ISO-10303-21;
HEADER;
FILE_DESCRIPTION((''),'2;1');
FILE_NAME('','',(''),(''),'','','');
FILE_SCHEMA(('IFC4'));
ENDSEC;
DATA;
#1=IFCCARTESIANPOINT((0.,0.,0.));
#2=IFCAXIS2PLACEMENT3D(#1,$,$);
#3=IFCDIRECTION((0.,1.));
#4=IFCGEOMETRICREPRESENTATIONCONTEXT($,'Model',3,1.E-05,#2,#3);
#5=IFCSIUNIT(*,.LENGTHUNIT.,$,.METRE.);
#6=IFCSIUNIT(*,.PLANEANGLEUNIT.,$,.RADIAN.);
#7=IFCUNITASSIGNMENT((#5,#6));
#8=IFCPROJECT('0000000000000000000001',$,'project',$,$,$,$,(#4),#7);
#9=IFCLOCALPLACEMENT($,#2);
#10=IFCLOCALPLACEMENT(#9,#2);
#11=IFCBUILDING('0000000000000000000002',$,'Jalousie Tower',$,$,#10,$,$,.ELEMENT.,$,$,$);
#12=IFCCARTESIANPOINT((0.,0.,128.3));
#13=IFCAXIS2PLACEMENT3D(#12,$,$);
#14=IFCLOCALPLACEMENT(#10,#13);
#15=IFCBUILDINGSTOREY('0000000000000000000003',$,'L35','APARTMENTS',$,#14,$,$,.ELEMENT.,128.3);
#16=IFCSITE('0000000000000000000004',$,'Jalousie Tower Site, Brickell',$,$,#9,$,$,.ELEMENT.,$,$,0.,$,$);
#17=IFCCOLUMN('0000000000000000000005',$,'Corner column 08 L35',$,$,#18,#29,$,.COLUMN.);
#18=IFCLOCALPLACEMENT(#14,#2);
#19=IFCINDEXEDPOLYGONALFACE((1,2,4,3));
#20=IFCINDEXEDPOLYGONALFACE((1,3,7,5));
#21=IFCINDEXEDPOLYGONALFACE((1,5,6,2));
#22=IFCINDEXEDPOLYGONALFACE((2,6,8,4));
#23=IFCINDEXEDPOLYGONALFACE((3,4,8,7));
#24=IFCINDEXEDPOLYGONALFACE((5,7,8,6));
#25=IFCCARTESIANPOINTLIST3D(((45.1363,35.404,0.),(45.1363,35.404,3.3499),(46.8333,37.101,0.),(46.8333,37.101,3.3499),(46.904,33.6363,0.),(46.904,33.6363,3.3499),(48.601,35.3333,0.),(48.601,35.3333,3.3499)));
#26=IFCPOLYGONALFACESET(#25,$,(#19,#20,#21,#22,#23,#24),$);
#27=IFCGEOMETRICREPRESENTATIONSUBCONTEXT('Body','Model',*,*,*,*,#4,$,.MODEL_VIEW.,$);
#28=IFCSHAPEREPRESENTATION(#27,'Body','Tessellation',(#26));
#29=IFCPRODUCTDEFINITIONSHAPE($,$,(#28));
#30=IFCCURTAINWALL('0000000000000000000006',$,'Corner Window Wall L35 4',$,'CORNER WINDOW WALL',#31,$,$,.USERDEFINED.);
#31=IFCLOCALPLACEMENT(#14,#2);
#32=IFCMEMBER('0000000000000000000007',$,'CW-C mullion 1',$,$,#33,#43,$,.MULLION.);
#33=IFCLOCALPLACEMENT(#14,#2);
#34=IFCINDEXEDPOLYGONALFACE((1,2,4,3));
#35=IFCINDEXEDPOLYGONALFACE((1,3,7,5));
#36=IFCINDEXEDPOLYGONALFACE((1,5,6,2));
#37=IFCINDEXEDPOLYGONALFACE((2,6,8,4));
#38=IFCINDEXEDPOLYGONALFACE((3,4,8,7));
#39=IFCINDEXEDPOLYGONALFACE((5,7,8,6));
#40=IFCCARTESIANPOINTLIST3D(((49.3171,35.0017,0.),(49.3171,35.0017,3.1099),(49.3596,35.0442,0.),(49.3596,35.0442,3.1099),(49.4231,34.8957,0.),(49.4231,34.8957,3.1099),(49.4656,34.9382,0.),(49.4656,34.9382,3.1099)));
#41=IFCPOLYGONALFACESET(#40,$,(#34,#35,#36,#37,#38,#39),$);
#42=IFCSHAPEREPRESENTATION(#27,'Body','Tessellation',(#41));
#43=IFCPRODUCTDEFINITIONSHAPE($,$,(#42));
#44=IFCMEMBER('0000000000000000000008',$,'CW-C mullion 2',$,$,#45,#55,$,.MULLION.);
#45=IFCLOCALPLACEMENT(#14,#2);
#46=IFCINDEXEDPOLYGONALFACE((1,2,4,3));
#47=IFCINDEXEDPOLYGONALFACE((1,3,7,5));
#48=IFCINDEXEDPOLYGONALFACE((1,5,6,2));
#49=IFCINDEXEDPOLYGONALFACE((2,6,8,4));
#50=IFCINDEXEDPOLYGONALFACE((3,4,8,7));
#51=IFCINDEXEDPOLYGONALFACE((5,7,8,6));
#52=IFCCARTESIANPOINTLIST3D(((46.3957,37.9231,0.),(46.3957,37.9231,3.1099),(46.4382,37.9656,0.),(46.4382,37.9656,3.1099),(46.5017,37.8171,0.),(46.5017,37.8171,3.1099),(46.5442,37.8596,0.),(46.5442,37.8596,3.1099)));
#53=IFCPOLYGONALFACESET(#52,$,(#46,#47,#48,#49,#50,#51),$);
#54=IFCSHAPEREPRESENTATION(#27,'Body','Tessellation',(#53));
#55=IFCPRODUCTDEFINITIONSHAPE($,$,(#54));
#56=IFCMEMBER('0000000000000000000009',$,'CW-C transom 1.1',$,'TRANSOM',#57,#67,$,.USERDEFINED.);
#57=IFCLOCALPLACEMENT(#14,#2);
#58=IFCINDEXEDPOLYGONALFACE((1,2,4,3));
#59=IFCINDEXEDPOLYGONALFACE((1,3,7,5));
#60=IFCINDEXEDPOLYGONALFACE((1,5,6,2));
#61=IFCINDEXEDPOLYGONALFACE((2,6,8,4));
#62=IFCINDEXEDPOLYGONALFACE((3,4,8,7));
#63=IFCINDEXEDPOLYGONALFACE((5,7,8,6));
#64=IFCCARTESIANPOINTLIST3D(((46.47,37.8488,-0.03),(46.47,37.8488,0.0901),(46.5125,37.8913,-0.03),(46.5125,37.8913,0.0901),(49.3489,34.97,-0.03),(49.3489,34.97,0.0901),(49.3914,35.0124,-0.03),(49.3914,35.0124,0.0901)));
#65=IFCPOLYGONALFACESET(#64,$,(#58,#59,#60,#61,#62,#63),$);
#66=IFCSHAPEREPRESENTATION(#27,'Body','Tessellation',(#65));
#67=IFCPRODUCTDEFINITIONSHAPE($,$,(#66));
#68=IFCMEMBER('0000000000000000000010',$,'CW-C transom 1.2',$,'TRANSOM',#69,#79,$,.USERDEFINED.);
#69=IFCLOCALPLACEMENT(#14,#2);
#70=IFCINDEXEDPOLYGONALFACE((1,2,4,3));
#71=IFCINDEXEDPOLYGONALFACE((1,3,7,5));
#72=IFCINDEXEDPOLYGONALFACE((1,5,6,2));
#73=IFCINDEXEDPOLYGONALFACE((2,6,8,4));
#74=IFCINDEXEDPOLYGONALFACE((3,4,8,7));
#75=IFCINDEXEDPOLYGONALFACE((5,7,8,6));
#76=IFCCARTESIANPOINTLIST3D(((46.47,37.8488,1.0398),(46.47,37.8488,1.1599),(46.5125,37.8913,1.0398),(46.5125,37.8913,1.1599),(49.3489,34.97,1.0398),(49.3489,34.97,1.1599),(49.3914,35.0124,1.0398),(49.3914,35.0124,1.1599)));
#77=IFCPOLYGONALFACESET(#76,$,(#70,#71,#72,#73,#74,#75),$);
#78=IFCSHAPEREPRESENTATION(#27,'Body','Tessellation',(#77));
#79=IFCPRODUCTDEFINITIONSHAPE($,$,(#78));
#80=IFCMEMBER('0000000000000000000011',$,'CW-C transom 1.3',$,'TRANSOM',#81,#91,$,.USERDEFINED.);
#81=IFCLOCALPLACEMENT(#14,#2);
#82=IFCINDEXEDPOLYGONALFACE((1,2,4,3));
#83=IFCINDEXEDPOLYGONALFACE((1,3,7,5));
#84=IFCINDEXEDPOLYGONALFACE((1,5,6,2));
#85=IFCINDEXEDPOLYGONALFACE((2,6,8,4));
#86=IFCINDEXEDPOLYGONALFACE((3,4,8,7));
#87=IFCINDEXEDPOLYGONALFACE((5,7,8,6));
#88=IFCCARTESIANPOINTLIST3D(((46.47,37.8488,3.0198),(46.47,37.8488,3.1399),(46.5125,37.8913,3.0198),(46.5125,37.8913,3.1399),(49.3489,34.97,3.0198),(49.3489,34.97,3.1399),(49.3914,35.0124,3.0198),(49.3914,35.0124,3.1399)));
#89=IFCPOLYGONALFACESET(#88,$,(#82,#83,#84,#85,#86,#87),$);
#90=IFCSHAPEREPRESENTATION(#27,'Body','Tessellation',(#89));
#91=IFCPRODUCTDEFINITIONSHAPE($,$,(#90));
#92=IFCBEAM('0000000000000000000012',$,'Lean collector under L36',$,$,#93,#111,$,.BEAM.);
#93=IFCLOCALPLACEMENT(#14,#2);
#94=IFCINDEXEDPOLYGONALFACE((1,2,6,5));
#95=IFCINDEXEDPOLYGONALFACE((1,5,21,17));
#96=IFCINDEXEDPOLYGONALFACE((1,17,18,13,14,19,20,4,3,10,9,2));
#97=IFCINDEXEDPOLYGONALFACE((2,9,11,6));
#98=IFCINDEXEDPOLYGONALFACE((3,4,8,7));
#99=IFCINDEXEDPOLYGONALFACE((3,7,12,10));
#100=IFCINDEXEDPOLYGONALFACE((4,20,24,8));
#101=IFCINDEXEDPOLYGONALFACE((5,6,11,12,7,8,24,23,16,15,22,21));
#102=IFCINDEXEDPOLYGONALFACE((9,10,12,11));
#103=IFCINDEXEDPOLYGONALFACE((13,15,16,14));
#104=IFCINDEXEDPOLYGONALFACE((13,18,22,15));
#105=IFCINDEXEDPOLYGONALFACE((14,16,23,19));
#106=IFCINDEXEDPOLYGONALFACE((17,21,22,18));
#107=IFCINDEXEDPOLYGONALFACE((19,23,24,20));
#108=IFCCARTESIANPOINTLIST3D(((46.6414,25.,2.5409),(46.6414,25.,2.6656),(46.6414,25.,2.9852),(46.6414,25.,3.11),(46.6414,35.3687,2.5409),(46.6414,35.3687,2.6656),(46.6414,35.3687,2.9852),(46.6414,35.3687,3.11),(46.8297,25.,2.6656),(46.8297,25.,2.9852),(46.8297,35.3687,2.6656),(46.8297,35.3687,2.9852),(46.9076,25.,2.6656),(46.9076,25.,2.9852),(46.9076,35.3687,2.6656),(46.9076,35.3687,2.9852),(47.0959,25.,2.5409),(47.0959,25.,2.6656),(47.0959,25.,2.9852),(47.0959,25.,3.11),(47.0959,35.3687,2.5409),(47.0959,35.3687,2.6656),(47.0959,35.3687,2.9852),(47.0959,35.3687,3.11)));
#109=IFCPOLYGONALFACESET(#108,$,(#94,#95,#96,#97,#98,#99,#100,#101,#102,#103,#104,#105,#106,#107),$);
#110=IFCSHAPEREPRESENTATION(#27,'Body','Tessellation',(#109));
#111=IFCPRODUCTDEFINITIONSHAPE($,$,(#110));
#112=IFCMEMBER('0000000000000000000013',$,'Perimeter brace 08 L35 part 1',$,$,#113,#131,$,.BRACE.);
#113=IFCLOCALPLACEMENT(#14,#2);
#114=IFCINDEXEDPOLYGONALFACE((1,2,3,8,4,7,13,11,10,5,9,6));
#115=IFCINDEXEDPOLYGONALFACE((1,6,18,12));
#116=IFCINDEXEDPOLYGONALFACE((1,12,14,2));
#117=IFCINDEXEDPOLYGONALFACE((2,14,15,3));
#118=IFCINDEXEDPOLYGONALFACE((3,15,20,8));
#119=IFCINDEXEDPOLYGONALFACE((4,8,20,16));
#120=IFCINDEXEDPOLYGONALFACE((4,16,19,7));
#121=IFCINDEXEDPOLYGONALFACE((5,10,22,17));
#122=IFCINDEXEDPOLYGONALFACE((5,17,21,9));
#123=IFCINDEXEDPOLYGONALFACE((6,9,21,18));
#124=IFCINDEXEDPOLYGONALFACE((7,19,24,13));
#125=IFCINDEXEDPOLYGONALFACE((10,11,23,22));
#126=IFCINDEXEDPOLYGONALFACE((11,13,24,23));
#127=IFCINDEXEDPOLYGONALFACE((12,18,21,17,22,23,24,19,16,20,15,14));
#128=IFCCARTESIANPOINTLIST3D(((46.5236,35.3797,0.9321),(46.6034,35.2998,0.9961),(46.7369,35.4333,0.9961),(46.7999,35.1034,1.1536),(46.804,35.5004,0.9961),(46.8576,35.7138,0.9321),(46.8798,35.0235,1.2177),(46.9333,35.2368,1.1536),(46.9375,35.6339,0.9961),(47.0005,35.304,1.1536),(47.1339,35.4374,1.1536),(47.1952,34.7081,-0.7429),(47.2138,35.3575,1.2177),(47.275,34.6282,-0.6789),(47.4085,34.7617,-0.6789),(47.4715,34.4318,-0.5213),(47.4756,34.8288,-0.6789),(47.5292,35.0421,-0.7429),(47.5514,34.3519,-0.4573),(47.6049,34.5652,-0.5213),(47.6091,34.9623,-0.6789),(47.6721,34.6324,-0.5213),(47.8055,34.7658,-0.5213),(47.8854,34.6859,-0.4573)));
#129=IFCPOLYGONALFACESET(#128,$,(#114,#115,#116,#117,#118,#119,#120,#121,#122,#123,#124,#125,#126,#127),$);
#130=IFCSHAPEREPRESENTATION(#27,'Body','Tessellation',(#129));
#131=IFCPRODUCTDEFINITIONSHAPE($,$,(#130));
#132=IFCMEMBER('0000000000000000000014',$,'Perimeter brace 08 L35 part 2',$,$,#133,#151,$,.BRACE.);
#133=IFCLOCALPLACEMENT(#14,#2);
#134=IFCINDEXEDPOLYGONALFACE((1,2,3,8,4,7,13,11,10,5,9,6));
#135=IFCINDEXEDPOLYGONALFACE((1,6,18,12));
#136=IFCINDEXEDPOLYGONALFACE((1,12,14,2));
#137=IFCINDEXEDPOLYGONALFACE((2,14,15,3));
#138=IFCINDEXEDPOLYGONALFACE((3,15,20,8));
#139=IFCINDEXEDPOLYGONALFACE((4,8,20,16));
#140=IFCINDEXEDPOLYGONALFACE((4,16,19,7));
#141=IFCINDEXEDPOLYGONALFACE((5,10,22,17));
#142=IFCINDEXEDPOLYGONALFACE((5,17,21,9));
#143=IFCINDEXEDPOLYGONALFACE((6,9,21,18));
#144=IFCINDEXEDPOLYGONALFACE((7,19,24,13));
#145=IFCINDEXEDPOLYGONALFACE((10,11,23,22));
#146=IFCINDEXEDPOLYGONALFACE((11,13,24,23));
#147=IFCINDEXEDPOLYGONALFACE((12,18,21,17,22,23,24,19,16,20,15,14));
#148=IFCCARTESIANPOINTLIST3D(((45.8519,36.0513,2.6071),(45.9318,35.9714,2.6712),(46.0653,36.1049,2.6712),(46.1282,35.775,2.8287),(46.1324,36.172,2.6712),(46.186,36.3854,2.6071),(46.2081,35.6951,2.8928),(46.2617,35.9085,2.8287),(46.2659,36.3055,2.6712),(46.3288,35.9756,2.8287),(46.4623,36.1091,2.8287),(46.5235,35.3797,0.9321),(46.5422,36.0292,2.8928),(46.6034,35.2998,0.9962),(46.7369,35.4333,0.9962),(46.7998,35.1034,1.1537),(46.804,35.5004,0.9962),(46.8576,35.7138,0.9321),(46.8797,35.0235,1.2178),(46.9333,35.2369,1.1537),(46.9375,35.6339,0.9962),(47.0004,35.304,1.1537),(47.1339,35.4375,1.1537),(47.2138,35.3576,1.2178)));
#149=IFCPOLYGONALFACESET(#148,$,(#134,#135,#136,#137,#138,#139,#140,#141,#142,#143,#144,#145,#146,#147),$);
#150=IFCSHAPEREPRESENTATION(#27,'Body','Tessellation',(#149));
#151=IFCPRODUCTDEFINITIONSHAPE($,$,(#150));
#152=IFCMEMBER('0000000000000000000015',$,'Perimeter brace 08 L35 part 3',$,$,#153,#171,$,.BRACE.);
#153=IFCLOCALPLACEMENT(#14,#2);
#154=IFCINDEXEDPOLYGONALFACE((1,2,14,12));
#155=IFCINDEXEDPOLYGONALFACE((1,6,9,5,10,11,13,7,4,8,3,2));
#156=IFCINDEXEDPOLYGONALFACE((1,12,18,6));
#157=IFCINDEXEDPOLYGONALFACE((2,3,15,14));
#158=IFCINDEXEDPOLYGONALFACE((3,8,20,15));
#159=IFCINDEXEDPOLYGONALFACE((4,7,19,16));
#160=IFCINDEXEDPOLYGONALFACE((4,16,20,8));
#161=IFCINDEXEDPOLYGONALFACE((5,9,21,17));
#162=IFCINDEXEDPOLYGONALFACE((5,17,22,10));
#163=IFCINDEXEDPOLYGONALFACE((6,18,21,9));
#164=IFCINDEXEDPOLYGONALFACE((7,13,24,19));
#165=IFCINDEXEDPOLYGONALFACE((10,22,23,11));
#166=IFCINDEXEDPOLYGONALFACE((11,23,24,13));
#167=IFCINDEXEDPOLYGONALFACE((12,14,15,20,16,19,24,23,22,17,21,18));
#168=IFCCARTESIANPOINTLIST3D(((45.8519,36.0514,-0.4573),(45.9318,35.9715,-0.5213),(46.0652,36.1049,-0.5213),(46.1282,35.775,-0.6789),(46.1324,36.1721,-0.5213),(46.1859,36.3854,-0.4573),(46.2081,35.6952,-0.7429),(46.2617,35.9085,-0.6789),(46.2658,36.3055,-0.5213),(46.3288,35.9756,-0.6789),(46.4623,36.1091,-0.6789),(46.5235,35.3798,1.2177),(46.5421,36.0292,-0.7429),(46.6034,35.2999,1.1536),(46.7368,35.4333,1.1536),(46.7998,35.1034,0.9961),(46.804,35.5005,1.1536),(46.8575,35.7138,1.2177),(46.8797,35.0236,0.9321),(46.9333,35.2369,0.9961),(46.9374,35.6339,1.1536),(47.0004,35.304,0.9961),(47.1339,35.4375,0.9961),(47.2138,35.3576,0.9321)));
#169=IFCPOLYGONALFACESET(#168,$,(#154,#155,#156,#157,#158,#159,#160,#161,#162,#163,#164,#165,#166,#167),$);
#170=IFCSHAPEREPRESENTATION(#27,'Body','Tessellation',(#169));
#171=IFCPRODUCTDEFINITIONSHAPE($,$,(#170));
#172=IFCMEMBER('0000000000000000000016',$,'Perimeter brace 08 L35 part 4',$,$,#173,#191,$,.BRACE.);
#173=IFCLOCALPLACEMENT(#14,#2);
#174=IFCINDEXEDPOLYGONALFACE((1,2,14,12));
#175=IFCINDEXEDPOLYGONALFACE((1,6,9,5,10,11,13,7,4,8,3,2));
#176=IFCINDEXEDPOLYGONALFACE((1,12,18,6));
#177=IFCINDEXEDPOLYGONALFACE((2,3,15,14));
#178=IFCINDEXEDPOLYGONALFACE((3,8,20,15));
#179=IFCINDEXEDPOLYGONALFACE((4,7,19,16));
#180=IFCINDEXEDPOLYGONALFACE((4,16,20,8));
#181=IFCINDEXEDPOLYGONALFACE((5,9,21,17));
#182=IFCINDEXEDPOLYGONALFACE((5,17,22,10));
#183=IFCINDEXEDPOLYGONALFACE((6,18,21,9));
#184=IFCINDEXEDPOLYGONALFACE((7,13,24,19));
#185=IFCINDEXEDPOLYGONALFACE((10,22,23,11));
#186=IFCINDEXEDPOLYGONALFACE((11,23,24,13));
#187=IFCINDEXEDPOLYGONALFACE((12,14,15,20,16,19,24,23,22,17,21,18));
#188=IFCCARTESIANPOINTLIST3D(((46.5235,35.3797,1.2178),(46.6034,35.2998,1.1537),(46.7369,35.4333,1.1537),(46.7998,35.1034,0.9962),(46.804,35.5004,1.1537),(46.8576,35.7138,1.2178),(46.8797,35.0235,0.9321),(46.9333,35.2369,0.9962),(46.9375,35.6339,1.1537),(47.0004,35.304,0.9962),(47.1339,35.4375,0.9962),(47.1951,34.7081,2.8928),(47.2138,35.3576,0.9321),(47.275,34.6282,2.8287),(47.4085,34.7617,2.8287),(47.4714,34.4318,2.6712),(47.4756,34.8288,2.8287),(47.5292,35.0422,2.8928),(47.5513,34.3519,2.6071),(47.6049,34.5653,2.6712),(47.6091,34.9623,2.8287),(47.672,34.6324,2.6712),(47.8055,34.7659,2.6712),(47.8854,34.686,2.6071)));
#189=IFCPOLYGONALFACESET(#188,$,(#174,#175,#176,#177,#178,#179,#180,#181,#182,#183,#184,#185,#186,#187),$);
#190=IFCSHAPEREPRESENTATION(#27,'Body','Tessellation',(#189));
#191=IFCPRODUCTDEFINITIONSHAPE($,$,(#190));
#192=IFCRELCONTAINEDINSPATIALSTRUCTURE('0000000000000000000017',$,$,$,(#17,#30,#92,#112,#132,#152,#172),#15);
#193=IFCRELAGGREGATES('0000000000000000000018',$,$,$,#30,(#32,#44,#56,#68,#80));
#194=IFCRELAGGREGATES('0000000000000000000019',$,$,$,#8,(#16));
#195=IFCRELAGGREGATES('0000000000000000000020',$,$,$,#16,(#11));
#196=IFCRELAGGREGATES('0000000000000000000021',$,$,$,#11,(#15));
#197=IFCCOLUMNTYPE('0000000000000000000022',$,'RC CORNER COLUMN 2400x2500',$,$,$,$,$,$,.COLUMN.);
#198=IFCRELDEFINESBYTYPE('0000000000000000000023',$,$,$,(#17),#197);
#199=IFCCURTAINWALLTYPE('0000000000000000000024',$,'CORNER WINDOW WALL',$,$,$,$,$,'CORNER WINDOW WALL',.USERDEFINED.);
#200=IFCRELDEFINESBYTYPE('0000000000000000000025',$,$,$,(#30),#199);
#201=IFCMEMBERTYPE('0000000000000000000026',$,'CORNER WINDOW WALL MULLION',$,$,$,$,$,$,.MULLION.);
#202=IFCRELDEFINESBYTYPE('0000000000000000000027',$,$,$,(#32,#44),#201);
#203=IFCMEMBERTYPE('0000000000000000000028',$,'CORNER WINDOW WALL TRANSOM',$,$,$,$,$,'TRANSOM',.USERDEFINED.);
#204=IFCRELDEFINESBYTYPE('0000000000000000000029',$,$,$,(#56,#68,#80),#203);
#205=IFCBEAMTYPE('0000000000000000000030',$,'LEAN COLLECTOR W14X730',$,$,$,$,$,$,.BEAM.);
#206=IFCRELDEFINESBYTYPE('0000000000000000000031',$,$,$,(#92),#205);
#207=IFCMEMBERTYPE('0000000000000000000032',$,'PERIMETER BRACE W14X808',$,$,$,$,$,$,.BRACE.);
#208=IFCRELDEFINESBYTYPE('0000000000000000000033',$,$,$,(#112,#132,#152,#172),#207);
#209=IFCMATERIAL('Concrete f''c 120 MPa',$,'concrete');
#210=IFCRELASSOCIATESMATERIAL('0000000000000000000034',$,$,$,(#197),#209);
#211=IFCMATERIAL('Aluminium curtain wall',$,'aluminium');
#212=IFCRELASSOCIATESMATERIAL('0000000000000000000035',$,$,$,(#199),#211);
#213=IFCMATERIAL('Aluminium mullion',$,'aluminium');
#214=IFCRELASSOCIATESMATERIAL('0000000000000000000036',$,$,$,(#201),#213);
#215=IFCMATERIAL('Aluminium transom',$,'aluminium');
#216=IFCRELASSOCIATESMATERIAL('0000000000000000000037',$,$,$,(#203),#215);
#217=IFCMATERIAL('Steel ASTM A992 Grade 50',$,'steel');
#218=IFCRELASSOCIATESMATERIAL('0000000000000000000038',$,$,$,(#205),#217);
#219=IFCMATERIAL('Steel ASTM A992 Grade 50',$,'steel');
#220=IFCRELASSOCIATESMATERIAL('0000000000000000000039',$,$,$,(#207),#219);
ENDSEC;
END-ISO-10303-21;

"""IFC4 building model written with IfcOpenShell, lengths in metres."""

from ifc_helpers import new_model, si_unit, direction, frame, origin, origin_2d, place, context, subcontext, project, spatial, rectangle, i_section, extrude, material, material_profile, profile_set, type_object, element, aggregate, save


model = new_model("IFC4")

# Units and contexts
model_context = context("Model", 3, precision=1e-05, world=origin(), true_north=direction((0.0, 1.0)))
body_context = subcontext(model_context, "Body", "Model", "MODEL_VIEW")
ifc_project = project(units=[si_unit("LENGTHUNIT", "METRE"), si_unit("PLANEANGLEUNIT", "RADIAN")], contexts=[model_context])

# Site, building, storey
site_placement = place(None, origin())
site = spatial("IfcSite", under=ifc_project, at=site_placement, Name="Jalousie Tower Site, Brickell", CompositionType="ELEMENT", RefElevation=0.0)
building_placement = place(site_placement, origin())
building = spatial("IfcBuilding", under=site, at=building_placement, Name="Jalousie Tower", CompositionType="ELEMENT")
storey_placement = place(building_placement, frame((0.0, 0.0, 128.3)))
storey = spatial("IfcBuildingStorey", under=building, at=storey_placement, Name="L35", Description="APARTMENTS", CompositionType="ELEMENT", Elevation=128.3)

# Column
ifc_material_1 = material(Name="Concrete f'c 120 MPa", Category="concrete")
ifc_material_profile_1 = material_profile(ifc_material_1, rectangle(XDim=2.3999, YDim=2.5, at=origin_2d()), Name="RC 2400x2500")
ifc_profile_set_1 = profile_set([ifc_material_profile_1], Name="Concrete f'c 120 MPa")
column_type = type_object("IfcColumnType", Name="RC CORNER COLUMN 2400x2500", PredefinedType="COLUMN", material=ifc_profile_set_1)
column_placement = place(storey_placement, frame((46.8687, 35.3687, 0.0), z_axis=(0.0, 0.0, 1.0), x_axis=(-0.707107, -0.707107, 0.0)))
element("IfcColumn", 1, at=column_placement, inside=storey, type_object=column_type, Name="Corner column 08 L35", PredefinedType="COLUMN", context=body_context, shape_type="SweptSolid", body=[
    extrude(rectangle(XDim=2.3999, YDim=2.5, at=origin_2d()), origin(), (0.0, 0.0, 1.0), 3.3499),
])

# Curtain wall, members
ifc_material_2 = material(Name="Aluminium curtain wall", Category="aluminium")
curtain_wall_type_1 = type_object("IfcCurtainWallType", Name="CORNER WINDOW WALL", ElementType="CORNER WINDOW WALL", PredefinedType="USERDEFINED", material=ifc_material_2)
curtain_wall_1_placement = place(storey_placement, origin())
curtain_wall_1 = element("IfcCurtainWall", 2, at=curtain_wall_1_placement, inside=storey, type_object=curtain_wall_type_1, Name="Corner Window Wall L35 4", ObjectType="CORNER WINDOW WALL", PredefinedType="USERDEFINED")
ifc_material_3 = material(Name="Aluminium mullion", Category="aluminium")
ifc_material_profile_2 = material_profile(ifc_material_3, rectangle(XDim=0.0601, YDim=0.1499, at=origin_2d()), Name="MULLION 60x150")
ifc_profile_set_2 = profile_set([ifc_material_profile_2], Name="Aluminium mullion")
member_type_1 = type_object("IfcMemberType", Name="CORNER WINDOW WALL MULLION", PredefinedType="MULLION", material=ifc_profile_set_2)
member_1_placement = place(storey_placement, frame((49.3914, 34.97, 0.0), z_axis=(0.0, 0.0, 1.0), x_axis=(-0.707107, -0.707107, 0.0)))
member_1 = element("IfcMember", 3, at=member_1_placement, type_object=member_type_1, Name="CW-C mullion 1", PredefinedType="MULLION", context=body_context, shape_type="SweptSolid", body=[
    extrude(rectangle(XDim=0.0601, YDim=0.1499, at=origin_2d()), origin(), (0.0, 0.0, 1.0), 3.1099),
])
member_2_placement = place(storey_placement, frame((46.47, 37.8914, 0.0), z_axis=(0.0, 0.0, 1.0), x_axis=(-0.707107, -0.707107, 0.0)))
member_2 = element("IfcMember", 4, at=member_2_placement, type_object=member_type_1, Name="CW-C mullion 2", PredefinedType="MULLION", context=body_context, shape_type="SweptSolid", body=[
    extrude(rectangle(XDim=0.0601, YDim=0.1499, at=origin_2d()), origin(), (0.0, 0.0, 1.0), 3.1099),
])
ifc_material_4 = material(Name="Aluminium transom", Category="aluminium")
ifc_material_profile_3 = material_profile(ifc_material_4, rectangle(XDim=0.0601, YDim=0.1201, at=origin_2d()), Name="TRANSOM 60x120")
ifc_profile_set_3 = profile_set([ifc_material_profile_3], Name="Aluminium transom")
member_type_2 = type_object("IfcMemberType", Name="CORNER WINDOW WALL TRANSOM", ElementType="TRANSOM", PredefinedType="USERDEFINED", material=ifc_profile_set_3)
member_3_placement = place(storey_placement, frame((49.3701, 34.9912, 0.03), z_axis=(-0.707107, 0.707107, 0.0), x_axis=(-0.707107, -0.707107, 0.0)))
member_3 = element("IfcMember", 5, at=member_3_placement, type_object=member_type_2, Name="CW-C transom 1.1", ObjectType="TRANSOM", PredefinedType="USERDEFINED", context=body_context, shape_type="SweptSolid", body=[
    extrude(rectangle(XDim=0.0601, YDim=0.1201, at=origin_2d()), origin(), (0.0, 0.0, 1.0), 4.0713),
])
member_4_placement = place(storey_placement, frame((49.3701, 34.9912, 1.0999), z_axis=(-0.707107, 0.707107, 0.0), x_axis=(-0.707107, -0.707107, 0.0)))
member_4 = element("IfcMember", 6, at=member_4_placement, type_object=member_type_2, Name="CW-C transom 1.2", ObjectType="TRANSOM", PredefinedType="USERDEFINED", context=body_context, shape_type="SweptSolid", body=[
    extrude(rectangle(XDim=0.0601, YDim=0.1201, at=origin_2d()), origin(), (0.0, 0.0, 1.0), 4.0713),
])
member_5_placement = place(storey_placement, frame((49.3701, 34.9912, 3.0798), z_axis=(-0.707107, 0.707107, 0.0), x_axis=(-0.707107, -0.707107, 0.0)))
member_5 = element("IfcMember", 7, at=member_5_placement, type_object=member_type_2, Name="CW-C transom 1.3", ObjectType="TRANSOM", PredefinedType="USERDEFINED", context=body_context, shape_type="SweptSolid", body=[
    extrude(rectangle(XDim=0.0601, YDim=0.1201, at=origin_2d()), origin(), (0.0, 0.0, 1.0), 4.0713),
])

# Beam
ifc_material_5 = material(Name="Steel ASTM A992 Grade 50", Category="steel")
ifc_material_profile_4 = material_profile(ifc_material_5, i_section(OverallWidth=0.4546, OverallDepth=0.5691, WebThickness=0.0779, FlangeThickness=0.1248, at=origin_2d()), Name="W14X730")
ifc_profile_set_4 = profile_set([ifc_material_profile_4], Name="Steel ASTM A992 Grade 50")
beam_type_1 = type_object("IfcBeamType", Name="LEAN COLLECTOR W14X730", PredefinedType="BEAM", material=ifc_profile_set_4)
beam_1_placement = place(storey_placement, frame((46.8687, 35.3687, 2.8254), z_axis=(0.0, -1.0, 0.0), x_axis=(1.0, 0.0, 0.0)))
element("IfcBeam", 8, at=beam_1_placement, inside=storey, type_object=beam_type_1, Name="Lean collector under L36", PredefinedType="BEAM", context=body_context, shape_type="SweptSolid", body=[
    extrude(i_section(OverallWidth=0.4546, OverallDepth=0.5691, WebThickness=0.0779, FlangeThickness=0.1248, at=origin_2d()), origin(), (0.0, 0.0, 1.0), 10.3687),
])

# Members
ifc_material_6 = material(Name="Steel ASTM A992 Grade 50", Category="steel")
ifc_material_profile_5 = material_profile(ifc_material_6, i_section(OverallWidth=0.4724, OverallDepth=0.5791, WebThickness=0.095, FlangeThickness=0.1299, at=origin_2d()), Name="W14X808")
ifc_profile_set_5 = profile_set([ifc_material_profile_5], Name="Steel ASTM A992 Grade 50")
member_type_3 = type_object("IfcMemberType", Name="PERIMETER BRACE W14X808", PredefinedType="BRACE", material=ifc_profile_set_5)
for number, where, z_axis, x_axis, name in (
    (9, (47.5403, 34.697, -0.6001), (-0.348789, 0.348789, 0.869881), (-0.707107, -0.707107, 0.0), "Perimeter brace 08 L35 part 1"),
    (10, (46.8687, 35.3687, 1.075), (-0.348789, 0.348789, 0.869881), (-0.707107, -0.707107, 0.0), "Perimeter brace 08 L35 part 2"),
    (11, (46.197, 36.0403, -0.6001), (0.348789, -0.348789, 0.869881), (0.707107, 0.707107, 0.0), "Perimeter brace 08 L35 part 3"),
    (12, (46.8687, 35.3687, 1.075), (0.348789, -0.348789, 0.869881), (0.707107, 0.707107, 0.0), "Perimeter brace 08 L35 part 4"),
):
    element("IfcMember", number, at=place(storey_placement, frame(where, z_axis=z_axis, x_axis=x_axis)), inside=storey, type_object=member_type_3, Name=name, PredefinedType="BRACE", context=body_context, shape_type="SweptSolid", body=[
        extrude(i_section(OverallWidth=0.4724, OverallDepth=0.5791, WebThickness=0.095, FlangeThickness=0.1299, at=origin_2d()), origin(), (0.0, 0.0, 1.0), 1.9255),
    ])

aggregate(curtain_wall_1, [member_1, member_2, member_3, member_4, member_5])

save(model, "model.ifc")
